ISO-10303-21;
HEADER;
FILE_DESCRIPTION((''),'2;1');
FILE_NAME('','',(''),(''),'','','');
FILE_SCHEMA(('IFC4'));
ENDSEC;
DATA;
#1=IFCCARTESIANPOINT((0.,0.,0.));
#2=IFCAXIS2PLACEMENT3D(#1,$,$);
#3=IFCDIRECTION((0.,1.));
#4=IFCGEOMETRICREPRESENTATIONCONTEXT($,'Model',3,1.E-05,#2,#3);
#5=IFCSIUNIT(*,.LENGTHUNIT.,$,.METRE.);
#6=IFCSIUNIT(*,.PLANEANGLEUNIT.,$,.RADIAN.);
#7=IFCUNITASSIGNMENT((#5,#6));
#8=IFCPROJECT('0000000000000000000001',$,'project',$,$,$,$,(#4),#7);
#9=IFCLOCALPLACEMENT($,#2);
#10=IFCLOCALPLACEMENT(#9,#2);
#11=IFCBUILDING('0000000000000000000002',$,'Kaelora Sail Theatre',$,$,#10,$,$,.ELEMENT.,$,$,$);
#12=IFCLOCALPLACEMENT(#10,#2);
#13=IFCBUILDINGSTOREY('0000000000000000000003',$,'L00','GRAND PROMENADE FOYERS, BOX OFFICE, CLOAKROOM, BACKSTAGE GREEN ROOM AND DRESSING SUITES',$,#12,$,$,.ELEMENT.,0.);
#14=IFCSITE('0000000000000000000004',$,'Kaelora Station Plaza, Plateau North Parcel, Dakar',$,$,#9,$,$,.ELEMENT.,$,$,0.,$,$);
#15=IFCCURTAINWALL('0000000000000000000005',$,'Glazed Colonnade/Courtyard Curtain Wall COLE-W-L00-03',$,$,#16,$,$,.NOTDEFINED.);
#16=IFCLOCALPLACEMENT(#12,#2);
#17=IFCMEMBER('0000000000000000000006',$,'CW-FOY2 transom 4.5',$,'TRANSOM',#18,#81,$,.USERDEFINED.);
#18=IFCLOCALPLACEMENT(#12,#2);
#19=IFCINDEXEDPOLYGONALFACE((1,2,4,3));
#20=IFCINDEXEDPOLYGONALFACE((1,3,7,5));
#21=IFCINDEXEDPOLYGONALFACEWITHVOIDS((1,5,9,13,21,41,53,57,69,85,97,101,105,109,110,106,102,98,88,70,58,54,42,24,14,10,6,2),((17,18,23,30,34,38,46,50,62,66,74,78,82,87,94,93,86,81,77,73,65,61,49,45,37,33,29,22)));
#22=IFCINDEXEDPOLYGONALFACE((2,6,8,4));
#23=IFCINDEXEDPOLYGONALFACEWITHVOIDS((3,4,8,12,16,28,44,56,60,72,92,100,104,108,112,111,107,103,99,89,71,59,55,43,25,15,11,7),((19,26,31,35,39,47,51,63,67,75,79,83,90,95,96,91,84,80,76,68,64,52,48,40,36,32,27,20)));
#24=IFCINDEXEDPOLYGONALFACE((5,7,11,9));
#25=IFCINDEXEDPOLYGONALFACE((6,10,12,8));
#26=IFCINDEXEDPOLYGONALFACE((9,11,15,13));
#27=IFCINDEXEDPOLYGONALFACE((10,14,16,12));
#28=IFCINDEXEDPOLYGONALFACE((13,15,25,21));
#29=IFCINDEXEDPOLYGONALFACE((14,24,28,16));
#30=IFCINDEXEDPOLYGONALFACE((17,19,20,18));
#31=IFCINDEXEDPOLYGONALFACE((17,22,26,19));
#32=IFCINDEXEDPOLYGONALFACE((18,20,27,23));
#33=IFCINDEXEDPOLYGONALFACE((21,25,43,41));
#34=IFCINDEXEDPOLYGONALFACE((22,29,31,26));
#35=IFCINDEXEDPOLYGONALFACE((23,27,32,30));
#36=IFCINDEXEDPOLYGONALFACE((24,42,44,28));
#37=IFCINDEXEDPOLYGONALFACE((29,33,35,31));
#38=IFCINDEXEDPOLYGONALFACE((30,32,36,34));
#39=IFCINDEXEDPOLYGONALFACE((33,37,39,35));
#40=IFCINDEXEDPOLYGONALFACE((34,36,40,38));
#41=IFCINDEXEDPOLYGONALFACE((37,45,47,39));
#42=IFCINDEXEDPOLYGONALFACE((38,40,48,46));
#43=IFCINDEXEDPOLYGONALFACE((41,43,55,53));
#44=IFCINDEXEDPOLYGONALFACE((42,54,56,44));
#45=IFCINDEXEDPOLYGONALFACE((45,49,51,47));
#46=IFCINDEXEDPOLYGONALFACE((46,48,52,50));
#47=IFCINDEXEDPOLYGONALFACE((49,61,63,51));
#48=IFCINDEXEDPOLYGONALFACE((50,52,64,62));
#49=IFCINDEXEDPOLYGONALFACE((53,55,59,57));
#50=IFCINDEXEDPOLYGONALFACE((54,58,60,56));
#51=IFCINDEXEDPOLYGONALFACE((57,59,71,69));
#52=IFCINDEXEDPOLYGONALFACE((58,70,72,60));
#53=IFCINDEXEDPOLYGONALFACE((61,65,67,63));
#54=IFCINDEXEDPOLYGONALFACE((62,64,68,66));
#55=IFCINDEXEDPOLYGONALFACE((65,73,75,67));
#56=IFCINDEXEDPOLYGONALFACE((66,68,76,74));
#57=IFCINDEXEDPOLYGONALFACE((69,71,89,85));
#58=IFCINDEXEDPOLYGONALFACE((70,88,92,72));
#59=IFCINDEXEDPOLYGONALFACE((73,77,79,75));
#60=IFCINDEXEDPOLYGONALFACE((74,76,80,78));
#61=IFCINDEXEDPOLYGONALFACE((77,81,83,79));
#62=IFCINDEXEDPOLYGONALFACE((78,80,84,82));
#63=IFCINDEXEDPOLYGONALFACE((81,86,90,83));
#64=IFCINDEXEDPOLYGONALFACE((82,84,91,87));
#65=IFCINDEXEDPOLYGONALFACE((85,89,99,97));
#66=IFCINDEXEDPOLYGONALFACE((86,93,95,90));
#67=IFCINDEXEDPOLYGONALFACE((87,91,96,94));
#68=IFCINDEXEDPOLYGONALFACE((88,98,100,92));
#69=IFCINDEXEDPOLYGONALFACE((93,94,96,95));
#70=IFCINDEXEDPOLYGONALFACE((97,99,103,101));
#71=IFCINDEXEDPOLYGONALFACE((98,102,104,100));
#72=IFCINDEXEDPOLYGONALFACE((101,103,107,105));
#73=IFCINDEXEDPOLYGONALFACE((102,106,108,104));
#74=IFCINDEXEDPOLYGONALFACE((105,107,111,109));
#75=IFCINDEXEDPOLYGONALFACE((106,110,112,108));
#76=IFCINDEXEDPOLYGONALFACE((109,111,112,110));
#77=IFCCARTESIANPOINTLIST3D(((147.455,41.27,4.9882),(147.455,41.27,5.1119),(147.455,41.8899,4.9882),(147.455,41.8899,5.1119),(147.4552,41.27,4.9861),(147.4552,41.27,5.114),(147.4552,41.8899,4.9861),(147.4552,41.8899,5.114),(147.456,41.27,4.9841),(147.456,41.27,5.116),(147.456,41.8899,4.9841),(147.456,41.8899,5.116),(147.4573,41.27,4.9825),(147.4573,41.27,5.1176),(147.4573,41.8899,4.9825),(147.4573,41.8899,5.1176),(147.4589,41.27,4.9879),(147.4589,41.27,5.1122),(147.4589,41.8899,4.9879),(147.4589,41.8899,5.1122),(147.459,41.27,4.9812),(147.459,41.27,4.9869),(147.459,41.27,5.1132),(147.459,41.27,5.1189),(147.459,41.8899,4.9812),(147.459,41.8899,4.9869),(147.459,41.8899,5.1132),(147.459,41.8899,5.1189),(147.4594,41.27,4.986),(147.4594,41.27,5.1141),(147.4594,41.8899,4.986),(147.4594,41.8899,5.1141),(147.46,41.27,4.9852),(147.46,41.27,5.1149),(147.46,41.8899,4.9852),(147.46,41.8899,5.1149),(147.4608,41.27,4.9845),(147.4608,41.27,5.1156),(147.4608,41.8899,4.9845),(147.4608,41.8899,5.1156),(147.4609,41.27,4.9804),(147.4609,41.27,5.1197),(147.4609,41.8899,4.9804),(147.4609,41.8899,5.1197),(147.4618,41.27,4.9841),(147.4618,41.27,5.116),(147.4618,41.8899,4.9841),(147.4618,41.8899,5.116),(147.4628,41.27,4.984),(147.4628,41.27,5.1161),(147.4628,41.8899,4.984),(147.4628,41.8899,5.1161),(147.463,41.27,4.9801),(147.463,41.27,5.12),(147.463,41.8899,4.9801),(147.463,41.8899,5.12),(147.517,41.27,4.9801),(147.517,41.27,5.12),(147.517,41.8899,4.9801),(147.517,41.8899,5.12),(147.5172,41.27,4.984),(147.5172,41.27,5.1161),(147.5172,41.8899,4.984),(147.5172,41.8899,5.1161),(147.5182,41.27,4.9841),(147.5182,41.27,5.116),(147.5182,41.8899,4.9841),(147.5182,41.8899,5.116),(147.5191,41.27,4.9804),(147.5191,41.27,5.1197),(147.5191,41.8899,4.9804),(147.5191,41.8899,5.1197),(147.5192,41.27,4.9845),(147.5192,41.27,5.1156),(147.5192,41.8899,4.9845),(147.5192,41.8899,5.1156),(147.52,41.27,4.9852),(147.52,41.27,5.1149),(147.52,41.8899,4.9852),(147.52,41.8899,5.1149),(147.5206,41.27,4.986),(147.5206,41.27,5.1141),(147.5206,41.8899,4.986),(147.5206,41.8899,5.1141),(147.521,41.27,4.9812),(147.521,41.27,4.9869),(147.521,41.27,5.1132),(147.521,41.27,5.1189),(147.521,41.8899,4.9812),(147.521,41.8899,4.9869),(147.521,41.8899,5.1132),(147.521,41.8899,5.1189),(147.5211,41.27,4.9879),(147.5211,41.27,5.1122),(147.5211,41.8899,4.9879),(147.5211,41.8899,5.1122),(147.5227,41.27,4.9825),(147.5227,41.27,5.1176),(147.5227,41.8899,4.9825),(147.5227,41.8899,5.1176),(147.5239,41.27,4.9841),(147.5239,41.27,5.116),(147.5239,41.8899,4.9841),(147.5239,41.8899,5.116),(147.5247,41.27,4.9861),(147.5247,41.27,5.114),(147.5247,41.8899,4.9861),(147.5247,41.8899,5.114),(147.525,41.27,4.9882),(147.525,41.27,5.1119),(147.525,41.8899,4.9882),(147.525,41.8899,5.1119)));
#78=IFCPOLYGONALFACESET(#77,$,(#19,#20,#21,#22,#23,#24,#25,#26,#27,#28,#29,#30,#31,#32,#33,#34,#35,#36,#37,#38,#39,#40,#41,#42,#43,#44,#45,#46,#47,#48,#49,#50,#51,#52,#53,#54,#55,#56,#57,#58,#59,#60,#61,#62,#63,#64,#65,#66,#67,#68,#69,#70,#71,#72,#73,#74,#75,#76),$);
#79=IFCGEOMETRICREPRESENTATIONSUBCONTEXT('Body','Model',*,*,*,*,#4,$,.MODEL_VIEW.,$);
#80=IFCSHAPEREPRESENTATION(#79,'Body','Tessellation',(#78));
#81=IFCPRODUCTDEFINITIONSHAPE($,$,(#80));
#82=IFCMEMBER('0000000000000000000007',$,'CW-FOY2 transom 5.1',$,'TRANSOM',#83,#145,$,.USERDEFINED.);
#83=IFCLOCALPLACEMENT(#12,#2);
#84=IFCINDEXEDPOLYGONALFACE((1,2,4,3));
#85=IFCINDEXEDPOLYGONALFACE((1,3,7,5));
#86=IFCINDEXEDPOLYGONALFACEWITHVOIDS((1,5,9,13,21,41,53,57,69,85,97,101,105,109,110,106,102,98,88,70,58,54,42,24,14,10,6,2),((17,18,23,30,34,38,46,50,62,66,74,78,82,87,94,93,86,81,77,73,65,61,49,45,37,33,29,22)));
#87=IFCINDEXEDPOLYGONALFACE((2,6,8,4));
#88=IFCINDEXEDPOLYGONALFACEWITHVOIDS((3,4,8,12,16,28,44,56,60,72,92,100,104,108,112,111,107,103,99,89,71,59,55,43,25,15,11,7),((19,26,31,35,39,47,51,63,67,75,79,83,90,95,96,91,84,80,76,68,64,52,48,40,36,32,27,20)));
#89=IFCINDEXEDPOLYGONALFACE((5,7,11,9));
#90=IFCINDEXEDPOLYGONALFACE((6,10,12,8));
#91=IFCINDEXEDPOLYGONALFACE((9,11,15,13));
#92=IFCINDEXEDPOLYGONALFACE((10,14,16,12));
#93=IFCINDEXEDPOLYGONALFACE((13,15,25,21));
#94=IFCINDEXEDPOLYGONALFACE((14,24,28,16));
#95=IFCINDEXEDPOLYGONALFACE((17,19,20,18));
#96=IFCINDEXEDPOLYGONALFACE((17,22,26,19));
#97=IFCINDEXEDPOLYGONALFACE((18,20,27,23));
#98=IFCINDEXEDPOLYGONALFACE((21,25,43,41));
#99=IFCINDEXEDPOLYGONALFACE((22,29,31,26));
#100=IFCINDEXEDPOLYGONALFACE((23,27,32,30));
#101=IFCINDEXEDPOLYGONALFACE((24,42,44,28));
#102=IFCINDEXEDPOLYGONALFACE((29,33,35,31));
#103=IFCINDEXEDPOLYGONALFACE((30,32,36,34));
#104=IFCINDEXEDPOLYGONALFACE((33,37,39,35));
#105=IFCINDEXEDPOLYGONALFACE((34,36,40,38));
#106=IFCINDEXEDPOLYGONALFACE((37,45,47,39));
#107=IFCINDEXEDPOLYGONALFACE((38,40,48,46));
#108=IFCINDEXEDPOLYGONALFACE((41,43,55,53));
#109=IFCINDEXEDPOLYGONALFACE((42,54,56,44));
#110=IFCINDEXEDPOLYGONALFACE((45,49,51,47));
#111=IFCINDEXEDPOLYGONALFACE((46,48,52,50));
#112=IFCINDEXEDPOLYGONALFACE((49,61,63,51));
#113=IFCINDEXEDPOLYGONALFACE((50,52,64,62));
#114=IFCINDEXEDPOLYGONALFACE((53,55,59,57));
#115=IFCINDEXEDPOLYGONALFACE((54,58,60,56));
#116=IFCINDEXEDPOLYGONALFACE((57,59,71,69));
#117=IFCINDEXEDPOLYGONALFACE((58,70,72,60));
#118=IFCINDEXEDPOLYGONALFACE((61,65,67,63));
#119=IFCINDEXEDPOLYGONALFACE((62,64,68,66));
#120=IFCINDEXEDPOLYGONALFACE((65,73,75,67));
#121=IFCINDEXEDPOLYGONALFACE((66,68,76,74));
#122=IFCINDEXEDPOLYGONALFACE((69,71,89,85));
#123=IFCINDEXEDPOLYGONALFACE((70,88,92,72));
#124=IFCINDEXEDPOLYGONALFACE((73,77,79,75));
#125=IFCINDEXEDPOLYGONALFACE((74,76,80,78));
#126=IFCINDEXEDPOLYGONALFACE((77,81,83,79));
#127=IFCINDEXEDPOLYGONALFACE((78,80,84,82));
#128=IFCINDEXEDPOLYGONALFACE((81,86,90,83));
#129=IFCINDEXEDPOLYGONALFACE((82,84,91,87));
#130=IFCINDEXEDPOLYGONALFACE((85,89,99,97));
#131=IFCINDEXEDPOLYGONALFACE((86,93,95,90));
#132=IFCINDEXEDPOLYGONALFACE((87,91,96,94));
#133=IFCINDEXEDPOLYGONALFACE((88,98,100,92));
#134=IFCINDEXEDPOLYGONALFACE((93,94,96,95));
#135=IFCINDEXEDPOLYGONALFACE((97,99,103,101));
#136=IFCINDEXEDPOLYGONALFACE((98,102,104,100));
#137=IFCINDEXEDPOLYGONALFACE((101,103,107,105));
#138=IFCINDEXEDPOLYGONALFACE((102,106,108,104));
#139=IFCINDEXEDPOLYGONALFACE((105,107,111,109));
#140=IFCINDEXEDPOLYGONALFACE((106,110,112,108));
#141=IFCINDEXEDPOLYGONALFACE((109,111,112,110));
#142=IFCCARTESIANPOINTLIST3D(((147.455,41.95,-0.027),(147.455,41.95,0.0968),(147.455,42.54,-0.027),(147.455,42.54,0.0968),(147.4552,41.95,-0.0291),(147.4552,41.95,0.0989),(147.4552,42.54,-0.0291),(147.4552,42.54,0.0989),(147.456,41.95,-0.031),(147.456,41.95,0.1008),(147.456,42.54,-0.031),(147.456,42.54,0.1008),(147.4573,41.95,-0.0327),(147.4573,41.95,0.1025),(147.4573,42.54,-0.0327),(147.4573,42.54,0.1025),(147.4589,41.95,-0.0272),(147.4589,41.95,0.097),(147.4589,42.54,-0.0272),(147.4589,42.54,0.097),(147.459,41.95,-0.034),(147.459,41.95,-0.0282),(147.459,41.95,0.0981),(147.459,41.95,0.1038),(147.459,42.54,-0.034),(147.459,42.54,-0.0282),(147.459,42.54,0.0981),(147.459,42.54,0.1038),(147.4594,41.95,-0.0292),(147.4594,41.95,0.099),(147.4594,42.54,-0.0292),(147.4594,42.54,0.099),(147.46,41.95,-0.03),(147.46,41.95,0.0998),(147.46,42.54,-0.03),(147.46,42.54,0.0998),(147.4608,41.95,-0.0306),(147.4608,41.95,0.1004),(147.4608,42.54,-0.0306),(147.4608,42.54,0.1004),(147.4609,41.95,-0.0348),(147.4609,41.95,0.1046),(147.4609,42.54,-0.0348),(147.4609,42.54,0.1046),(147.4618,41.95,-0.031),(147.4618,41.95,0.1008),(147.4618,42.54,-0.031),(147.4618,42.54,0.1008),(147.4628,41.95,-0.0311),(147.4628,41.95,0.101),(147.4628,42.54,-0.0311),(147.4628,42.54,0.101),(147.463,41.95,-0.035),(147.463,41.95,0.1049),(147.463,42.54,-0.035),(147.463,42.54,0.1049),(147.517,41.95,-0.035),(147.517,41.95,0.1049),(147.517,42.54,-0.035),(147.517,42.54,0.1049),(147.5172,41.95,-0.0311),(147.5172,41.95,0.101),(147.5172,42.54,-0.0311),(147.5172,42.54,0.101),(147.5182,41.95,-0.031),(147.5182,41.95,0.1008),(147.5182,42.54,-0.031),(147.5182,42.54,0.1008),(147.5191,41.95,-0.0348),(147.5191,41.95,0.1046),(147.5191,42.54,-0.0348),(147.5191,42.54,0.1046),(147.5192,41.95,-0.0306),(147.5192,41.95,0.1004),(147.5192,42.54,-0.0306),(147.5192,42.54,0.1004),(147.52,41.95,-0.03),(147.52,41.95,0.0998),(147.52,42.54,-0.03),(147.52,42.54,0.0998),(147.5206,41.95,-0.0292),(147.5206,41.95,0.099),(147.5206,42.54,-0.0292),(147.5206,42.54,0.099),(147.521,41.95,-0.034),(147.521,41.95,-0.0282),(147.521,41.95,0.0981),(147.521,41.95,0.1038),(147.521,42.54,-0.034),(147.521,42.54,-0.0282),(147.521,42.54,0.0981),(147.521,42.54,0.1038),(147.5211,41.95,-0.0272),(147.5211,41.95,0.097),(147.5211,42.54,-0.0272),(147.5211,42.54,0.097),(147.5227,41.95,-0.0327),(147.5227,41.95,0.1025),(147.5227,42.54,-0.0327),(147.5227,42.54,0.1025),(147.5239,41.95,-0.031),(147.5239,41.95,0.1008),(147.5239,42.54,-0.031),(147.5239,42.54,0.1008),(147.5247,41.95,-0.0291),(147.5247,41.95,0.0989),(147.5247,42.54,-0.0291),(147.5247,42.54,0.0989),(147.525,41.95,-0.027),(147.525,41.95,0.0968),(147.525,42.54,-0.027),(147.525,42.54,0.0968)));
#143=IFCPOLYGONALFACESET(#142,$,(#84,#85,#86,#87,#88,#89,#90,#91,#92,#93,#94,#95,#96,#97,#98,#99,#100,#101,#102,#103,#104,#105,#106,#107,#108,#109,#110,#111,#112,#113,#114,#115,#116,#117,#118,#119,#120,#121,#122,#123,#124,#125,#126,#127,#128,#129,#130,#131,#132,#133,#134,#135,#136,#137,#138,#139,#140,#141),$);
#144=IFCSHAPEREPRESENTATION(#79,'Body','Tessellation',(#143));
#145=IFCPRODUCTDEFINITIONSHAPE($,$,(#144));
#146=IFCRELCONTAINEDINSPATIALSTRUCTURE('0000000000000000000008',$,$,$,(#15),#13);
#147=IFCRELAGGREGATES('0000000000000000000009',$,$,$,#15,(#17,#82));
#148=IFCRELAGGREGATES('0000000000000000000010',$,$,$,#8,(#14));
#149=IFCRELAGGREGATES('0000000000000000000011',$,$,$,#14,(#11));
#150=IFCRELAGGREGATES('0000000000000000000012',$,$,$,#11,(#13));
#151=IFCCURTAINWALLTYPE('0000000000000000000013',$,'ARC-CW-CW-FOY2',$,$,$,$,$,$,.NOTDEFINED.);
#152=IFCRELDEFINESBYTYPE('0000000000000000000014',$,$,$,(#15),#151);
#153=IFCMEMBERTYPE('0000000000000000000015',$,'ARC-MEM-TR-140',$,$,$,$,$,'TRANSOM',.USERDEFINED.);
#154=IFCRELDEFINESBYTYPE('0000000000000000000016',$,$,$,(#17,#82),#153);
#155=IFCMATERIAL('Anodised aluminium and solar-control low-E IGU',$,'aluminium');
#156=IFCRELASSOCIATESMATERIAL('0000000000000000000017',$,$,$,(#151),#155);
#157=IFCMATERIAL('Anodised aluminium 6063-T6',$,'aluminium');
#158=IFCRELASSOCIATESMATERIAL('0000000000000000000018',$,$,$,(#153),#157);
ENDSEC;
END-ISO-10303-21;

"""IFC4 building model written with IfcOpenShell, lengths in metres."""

from ifc_helpers import new_model, si_unit, direction, frame, origin, origin_2d, place, context, subcontext, project, spatial, hollow_rectangle, extrude, material, material_profile, profile_set, type_object, element, aggregate, save


model = new_model("IFC4")

# Units and contexts
model_context = context("Model", 3, precision=1e-05, world=origin(), true_north=direction((0.0, 1.0)))
body_context = subcontext(model_context, "Body", "Model", "MODEL_VIEW")
ifc_project = project(units=[si_unit("LENGTHUNIT", "METRE"), si_unit("PLANEANGLEUNIT", "RADIAN")], contexts=[model_context])

# Site, building, storey
site_placement = place(None, origin())
site = spatial("IfcSite", under=ifc_project, at=site_placement, Name="Kaelora Station Plaza, Plateau North Parcel, Dakar", CompositionType="ELEMENT", RefElevation=0.0)
building_placement = place(site_placement, origin())
building = spatial("IfcBuilding", under=site, at=building_placement, Name="Kaelora Sail Theatre", CompositionType="ELEMENT")
storey_placement = place(building_placement, origin())
storey = spatial("IfcBuildingStorey", under=building, at=storey_placement, Name="L00", Description="GRAND PROMENADE FOYERS, BOX OFFICE, CLOAKROOM, BACKSTAGE GREEN ROOM AND DRESSING SUITES", CompositionType="ELEMENT", Elevation=0.0)

# Curtain wall
ifc_material_1 = material(Name="Anodised aluminium and solar-control low-E IGU", Category="aluminium")
curtain_wall_type = type_object("IfcCurtainWallType", Name="ARC-CW-CW-FOY2", PredefinedType="NOTDEFINED", material=ifc_material_1)
curtain_wall_1_placement = place(storey_placement, origin())
curtain_wall_1 = element("IfcCurtainWall", 1, at=curtain_wall_1_placement, inside=storey, type_object=curtain_wall_type, Name="Glazed Colonnade/Courtyard Curtain Wall COLE-W-L00-03", PredefinedType="NOTDEFINED")

# Members
ifc_material_2 = material(Name="Anodised aluminium 6063-T6", Category="aluminium")
ifc_material_profile_1 = material_profile(ifc_material_2, hollow_rectangle(XDim=0.0701, YDim=0.1399, WallThickness=0.0039, InnerFilletRadius=0.0039, OuterFilletRadius=0.0081, at=origin_2d()), Name="ALU-TRAN 70x140x4")
ifc_profile_set_1 = profile_set([ifc_material_profile_1], Name="Anodised aluminium 6063-T6")
member_type_1 = type_object("IfcMemberType", Name="ARC-MEM-TR-140", ElementType="TRANSOM", PredefinedType="USERDEFINED", material=ifc_profile_set_1)
member_1_placement = place(storey_placement, frame((147.49, 41.27, 5.05), z_axis=(0.0, 1.0, 0.0), x_axis=(-1.0, 0.0, 0.0)))
member_1 = element("IfcMember", 2, at=member_1_placement, type_object=member_type_1, Name="CW-FOY2 transom 4.5", ObjectType="TRANSOM", PredefinedType="USERDEFINED", context=body_context, shape_type="SweptSolid", body=[
    extrude(hollow_rectangle(XDim=0.0701, YDim=0.1399, WallThickness=0.0039, InnerFilletRadius=0.0039, OuterFilletRadius=0.0081, at=origin_2d()), origin(), (0.0, 0.0, 1.0), 0.6199),
])
member_2_placement = place(storey_placement, frame((147.49, 41.95, 0.0349), z_axis=(0.0, 1.0, 0.0), x_axis=(-1.0, 0.0, 0.0)))
member_2 = element("IfcMember", 3, at=member_2_placement, type_object=member_type_1, Name="CW-FOY2 transom 5.1", ObjectType="TRANSOM", PredefinedType="USERDEFINED", context=body_context, shape_type="SweptSolid", body=[
    extrude(hollow_rectangle(XDim=0.0701, YDim=0.1399, WallThickness=0.0039, InnerFilletRadius=0.0039, OuterFilletRadius=0.0081, at=origin_2d()), origin(), (0.0, 0.0, 1.0), 0.5901),
])

aggregate(curtain_wall_1, [member_1, member_2])

save(model, "model.ifc")
